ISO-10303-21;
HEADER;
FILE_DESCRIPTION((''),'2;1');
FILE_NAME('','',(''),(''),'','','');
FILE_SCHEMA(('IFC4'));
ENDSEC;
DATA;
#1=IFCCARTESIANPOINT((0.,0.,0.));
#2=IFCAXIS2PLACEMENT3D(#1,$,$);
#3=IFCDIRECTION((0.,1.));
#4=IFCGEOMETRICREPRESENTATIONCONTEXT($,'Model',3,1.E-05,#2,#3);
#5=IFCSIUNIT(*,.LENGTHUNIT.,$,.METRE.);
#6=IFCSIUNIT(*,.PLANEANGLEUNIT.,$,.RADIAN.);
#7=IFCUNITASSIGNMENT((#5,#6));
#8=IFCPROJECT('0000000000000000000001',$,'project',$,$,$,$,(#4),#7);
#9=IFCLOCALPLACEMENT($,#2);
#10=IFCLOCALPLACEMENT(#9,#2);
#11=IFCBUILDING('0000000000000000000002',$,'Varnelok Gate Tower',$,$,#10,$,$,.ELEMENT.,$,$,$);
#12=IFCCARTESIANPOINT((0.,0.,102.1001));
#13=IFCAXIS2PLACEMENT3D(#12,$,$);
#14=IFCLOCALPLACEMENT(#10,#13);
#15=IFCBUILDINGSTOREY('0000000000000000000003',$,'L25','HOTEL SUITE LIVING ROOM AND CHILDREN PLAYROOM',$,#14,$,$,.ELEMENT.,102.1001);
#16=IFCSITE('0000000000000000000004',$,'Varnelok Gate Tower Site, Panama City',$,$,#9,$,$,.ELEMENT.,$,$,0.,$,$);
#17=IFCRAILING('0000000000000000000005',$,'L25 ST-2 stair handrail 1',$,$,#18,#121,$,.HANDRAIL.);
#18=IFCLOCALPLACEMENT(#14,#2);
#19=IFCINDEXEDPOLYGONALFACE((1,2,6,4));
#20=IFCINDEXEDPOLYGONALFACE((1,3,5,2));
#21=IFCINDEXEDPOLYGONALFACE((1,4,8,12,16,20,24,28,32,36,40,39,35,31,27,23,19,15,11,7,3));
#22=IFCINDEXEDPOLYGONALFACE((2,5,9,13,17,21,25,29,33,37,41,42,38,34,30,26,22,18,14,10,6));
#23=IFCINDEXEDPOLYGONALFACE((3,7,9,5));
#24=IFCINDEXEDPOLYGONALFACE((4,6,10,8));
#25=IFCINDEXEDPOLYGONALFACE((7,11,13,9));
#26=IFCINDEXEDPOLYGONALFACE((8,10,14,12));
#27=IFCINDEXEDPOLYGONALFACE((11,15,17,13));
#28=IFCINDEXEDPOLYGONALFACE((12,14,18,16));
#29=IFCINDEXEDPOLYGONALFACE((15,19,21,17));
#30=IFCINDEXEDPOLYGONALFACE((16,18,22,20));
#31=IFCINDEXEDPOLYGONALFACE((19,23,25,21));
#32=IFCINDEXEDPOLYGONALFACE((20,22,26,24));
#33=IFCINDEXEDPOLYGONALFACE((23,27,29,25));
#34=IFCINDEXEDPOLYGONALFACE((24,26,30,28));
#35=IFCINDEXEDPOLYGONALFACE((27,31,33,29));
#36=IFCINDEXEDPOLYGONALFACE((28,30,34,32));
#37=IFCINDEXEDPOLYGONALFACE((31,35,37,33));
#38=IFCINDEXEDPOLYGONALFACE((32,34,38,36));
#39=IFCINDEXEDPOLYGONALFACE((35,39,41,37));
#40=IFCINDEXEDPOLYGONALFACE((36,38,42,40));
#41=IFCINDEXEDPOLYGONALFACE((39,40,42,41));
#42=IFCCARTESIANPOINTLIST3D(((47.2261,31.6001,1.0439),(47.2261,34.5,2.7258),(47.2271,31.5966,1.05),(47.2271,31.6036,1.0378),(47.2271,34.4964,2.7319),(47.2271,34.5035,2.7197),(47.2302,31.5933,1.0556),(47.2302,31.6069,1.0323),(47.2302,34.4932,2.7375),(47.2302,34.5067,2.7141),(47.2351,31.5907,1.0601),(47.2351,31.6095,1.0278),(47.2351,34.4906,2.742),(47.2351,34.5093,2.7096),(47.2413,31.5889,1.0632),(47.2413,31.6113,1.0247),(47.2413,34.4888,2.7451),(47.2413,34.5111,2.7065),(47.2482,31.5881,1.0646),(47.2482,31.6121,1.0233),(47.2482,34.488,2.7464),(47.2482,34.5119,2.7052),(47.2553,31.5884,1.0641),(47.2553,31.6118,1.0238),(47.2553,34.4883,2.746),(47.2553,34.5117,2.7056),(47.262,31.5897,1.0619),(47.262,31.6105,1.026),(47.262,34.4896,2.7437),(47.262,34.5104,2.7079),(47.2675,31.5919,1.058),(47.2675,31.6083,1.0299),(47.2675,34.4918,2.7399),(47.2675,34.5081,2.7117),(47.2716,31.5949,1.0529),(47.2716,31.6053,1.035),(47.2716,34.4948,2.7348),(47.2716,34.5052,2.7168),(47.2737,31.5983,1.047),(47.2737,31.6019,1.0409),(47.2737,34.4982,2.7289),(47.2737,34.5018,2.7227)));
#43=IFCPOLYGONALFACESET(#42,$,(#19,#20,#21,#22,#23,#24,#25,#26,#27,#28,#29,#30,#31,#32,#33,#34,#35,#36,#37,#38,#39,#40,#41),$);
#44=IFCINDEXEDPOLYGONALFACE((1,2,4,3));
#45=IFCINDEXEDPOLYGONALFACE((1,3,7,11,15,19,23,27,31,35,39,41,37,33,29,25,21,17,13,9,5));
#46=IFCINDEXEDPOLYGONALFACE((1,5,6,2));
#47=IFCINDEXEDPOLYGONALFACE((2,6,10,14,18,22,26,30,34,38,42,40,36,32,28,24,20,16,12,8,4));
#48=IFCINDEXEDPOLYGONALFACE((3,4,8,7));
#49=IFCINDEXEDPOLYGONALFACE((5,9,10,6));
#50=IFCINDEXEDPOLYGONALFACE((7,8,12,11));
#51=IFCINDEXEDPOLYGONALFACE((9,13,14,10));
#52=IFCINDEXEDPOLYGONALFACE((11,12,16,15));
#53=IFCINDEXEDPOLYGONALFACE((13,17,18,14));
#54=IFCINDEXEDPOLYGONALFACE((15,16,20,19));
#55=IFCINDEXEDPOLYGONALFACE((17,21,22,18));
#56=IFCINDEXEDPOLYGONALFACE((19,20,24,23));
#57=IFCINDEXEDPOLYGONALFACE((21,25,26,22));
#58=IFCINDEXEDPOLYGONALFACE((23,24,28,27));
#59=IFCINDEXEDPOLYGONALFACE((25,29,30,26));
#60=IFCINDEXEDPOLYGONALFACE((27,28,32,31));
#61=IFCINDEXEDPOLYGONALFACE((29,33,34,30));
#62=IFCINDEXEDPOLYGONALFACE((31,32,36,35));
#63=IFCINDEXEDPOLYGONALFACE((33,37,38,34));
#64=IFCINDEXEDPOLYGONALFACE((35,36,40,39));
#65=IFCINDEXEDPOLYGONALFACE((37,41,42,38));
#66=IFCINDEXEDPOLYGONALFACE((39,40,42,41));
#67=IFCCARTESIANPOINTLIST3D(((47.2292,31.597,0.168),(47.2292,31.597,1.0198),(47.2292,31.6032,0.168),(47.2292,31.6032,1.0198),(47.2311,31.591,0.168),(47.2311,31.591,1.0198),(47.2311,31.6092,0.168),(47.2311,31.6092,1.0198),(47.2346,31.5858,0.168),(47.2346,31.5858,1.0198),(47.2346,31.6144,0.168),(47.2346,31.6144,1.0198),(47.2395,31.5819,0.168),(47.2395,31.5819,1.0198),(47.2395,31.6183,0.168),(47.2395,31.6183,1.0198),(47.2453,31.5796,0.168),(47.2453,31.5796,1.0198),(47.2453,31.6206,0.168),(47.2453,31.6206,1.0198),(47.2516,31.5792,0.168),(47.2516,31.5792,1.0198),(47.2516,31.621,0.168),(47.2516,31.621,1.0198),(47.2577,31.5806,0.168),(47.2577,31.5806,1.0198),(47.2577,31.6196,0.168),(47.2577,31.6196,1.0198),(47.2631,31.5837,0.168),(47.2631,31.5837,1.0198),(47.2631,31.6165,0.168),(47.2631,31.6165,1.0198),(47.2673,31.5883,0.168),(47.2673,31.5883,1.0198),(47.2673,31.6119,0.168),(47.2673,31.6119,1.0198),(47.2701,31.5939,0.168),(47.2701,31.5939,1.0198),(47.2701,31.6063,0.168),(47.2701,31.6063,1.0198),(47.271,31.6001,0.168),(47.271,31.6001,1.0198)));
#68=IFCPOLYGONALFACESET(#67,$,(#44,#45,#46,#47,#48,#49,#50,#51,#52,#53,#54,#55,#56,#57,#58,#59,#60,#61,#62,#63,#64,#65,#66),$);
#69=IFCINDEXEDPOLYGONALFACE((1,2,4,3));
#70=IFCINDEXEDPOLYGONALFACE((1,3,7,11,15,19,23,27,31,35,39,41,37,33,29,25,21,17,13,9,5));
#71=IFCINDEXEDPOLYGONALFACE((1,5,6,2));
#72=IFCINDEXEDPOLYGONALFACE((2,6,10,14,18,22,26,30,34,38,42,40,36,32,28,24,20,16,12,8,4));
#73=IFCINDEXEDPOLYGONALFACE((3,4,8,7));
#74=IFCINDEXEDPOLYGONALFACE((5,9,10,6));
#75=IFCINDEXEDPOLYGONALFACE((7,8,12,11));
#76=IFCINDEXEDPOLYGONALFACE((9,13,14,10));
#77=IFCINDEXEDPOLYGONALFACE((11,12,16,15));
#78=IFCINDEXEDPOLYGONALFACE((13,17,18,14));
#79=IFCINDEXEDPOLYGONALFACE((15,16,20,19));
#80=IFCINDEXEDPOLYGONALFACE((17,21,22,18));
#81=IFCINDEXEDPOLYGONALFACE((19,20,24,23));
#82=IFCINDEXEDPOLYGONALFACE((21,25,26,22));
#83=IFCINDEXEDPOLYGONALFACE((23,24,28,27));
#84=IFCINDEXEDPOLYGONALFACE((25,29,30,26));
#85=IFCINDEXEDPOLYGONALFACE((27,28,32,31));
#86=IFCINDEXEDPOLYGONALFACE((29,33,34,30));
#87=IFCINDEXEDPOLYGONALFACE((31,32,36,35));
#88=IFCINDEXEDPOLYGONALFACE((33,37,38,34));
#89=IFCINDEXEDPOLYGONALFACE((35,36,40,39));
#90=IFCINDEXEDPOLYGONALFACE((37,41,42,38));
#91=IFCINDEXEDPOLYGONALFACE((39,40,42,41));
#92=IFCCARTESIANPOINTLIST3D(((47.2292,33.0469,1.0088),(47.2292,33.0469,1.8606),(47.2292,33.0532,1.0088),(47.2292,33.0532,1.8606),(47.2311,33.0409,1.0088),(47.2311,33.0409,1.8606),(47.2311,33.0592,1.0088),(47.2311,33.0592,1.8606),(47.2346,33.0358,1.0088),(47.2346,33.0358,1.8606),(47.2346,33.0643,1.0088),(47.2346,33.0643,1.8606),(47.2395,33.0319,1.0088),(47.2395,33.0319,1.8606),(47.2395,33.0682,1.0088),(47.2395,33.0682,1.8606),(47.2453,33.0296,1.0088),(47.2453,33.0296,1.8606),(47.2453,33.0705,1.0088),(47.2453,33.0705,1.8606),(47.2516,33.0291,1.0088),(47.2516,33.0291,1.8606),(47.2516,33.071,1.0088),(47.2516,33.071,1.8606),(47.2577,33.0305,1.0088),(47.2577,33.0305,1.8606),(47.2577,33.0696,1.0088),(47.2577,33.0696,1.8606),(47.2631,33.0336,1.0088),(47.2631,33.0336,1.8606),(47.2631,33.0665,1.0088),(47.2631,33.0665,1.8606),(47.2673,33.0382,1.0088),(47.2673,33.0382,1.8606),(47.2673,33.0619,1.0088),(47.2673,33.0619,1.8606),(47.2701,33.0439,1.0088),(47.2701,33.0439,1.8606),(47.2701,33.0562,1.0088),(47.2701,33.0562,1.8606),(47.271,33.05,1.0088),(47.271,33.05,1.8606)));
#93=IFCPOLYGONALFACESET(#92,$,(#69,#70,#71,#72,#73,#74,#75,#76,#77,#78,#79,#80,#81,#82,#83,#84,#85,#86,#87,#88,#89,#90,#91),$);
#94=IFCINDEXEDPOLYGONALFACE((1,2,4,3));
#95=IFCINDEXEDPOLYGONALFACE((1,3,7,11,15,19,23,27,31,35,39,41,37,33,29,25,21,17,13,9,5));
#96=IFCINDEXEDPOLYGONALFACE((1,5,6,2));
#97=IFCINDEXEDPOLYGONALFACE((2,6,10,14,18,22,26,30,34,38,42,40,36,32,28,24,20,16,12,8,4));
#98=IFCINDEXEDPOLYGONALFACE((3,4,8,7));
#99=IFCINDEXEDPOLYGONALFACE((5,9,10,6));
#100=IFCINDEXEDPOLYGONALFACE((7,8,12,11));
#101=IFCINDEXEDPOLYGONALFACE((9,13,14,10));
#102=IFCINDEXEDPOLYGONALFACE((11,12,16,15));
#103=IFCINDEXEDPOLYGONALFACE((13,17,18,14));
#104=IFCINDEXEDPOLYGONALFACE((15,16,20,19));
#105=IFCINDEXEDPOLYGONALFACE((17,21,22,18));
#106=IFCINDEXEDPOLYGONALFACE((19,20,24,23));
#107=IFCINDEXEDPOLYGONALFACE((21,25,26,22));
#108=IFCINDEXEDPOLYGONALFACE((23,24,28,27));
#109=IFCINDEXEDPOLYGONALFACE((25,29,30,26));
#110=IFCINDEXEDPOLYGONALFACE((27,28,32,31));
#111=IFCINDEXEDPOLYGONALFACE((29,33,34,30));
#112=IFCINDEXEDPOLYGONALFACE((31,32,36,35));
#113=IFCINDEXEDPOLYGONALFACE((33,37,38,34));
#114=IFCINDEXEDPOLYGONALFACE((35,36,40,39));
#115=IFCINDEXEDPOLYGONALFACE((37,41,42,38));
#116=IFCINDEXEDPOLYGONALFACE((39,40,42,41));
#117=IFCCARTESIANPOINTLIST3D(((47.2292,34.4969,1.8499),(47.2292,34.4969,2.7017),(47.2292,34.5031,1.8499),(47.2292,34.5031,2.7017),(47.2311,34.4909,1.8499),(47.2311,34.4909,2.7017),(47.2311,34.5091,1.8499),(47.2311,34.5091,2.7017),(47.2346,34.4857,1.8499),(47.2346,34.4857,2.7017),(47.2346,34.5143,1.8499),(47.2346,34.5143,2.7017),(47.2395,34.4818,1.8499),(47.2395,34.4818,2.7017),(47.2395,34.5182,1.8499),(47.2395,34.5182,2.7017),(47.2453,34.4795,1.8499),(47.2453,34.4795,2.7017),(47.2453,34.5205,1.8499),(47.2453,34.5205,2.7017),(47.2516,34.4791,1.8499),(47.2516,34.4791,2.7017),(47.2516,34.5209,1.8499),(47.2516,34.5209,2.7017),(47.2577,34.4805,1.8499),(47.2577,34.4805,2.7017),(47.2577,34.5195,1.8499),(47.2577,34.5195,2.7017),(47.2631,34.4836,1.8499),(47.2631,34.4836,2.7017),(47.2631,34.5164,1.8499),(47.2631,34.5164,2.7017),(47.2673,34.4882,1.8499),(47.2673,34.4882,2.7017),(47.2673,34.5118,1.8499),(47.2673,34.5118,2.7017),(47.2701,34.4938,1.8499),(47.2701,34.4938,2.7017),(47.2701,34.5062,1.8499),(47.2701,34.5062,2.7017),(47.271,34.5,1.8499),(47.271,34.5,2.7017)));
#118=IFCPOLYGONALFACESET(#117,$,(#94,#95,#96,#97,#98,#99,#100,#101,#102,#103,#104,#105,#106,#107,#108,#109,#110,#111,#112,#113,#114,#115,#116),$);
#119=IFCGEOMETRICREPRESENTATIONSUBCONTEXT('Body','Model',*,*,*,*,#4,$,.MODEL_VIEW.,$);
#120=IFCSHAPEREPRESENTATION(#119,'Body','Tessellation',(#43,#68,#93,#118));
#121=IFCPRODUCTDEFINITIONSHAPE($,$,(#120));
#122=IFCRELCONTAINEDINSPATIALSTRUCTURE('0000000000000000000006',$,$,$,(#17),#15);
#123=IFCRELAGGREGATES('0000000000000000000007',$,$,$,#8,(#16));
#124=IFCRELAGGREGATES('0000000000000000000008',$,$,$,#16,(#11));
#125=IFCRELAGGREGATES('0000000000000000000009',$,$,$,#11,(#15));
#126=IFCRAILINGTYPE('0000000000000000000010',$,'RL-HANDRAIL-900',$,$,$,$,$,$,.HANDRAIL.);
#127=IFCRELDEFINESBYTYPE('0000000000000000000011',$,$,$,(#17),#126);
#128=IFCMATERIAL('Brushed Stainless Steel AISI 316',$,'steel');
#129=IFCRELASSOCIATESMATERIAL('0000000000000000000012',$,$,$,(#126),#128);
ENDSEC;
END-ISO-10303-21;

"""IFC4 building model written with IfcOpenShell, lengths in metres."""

from ifc_helpers import new_model, si_unit, direction, frame, origin, origin_2d, place, context, subcontext, project, spatial, circle, extrude, material, type_object, element, save


model = new_model("IFC4")

# Units and contexts
model_context = context("Model", 3, precision=1e-05, world=origin(), true_north=direction((0.0, 1.0)))
body_context = subcontext(model_context, "Body", "Model", "MODEL_VIEW")
ifc_project = project(units=[si_unit("LENGTHUNIT", "METRE"), si_unit("PLANEANGLEUNIT", "RADIAN")], contexts=[model_context])

# Site, building, storey
site_placement = place(None, origin())
site = spatial("IfcSite", under=ifc_project, at=site_placement, Name="Varnelok Gate Tower Site, Panama City", CompositionType="ELEMENT", RefElevation=0.0)
building_placement = place(site_placement, origin())
building = spatial("IfcBuilding", under=site, at=building_placement, Name="Varnelok Gate Tower", CompositionType="ELEMENT")
storey_placement = place(building_placement, frame((0.0, 0.0, 102.1001)))
storey = spatial("IfcBuildingStorey", under=building, at=storey_placement, Name="L25", Description="HOTEL SUITE LIVING ROOM AND CHILDREN PLAYROOM", CompositionType="ELEMENT", Elevation=102.1001)

# Railing
ifc_material_1 = material(Name="Brushed Stainless Steel AISI 316", Category="steel")
railing_type_1 = type_object("IfcRailingType", Name="RL-HANDRAIL-900", PredefinedType="HANDRAIL", material=ifc_material_1)
railing_1_placement = place(storey_placement, frame((47.25, 31.6001, 0.168)))
element("IfcRailing", 1, at=railing_1_placement, inside=storey, type_object=railing_type_1, Name="L25 ST-2 stair handrail 1", PredefinedType="HANDRAIL", context=body_context, shape_type="SweptSolid", body=[
    extrude(circle(Radius=0.0239, at=origin_2d()), frame((0.0, 0.0, 0.876), z_axis=(0.0, 0.865039, 0.501705), x_axis=(-1.0, 0.0, 0.0)), (0.0, 0.0, 1.0), 3.3523),
    extrude(circle(Radius=0.021, at=origin_2d()), origin(), (0.0, 0.0, 1.0), 0.8518),
    extrude(circle(Radius=0.021, at=origin_2d()), frame((0.0, 1.45, 0.8408)), (0.0, 0.0, 1.0), 0.8518),
    extrude(circle(Radius=0.021, at=origin_2d()), frame((0.0, 2.8999, 1.6819)), (0.0, 0.0, 1.0), 0.8518),
])

save(model, "model.ifc")
